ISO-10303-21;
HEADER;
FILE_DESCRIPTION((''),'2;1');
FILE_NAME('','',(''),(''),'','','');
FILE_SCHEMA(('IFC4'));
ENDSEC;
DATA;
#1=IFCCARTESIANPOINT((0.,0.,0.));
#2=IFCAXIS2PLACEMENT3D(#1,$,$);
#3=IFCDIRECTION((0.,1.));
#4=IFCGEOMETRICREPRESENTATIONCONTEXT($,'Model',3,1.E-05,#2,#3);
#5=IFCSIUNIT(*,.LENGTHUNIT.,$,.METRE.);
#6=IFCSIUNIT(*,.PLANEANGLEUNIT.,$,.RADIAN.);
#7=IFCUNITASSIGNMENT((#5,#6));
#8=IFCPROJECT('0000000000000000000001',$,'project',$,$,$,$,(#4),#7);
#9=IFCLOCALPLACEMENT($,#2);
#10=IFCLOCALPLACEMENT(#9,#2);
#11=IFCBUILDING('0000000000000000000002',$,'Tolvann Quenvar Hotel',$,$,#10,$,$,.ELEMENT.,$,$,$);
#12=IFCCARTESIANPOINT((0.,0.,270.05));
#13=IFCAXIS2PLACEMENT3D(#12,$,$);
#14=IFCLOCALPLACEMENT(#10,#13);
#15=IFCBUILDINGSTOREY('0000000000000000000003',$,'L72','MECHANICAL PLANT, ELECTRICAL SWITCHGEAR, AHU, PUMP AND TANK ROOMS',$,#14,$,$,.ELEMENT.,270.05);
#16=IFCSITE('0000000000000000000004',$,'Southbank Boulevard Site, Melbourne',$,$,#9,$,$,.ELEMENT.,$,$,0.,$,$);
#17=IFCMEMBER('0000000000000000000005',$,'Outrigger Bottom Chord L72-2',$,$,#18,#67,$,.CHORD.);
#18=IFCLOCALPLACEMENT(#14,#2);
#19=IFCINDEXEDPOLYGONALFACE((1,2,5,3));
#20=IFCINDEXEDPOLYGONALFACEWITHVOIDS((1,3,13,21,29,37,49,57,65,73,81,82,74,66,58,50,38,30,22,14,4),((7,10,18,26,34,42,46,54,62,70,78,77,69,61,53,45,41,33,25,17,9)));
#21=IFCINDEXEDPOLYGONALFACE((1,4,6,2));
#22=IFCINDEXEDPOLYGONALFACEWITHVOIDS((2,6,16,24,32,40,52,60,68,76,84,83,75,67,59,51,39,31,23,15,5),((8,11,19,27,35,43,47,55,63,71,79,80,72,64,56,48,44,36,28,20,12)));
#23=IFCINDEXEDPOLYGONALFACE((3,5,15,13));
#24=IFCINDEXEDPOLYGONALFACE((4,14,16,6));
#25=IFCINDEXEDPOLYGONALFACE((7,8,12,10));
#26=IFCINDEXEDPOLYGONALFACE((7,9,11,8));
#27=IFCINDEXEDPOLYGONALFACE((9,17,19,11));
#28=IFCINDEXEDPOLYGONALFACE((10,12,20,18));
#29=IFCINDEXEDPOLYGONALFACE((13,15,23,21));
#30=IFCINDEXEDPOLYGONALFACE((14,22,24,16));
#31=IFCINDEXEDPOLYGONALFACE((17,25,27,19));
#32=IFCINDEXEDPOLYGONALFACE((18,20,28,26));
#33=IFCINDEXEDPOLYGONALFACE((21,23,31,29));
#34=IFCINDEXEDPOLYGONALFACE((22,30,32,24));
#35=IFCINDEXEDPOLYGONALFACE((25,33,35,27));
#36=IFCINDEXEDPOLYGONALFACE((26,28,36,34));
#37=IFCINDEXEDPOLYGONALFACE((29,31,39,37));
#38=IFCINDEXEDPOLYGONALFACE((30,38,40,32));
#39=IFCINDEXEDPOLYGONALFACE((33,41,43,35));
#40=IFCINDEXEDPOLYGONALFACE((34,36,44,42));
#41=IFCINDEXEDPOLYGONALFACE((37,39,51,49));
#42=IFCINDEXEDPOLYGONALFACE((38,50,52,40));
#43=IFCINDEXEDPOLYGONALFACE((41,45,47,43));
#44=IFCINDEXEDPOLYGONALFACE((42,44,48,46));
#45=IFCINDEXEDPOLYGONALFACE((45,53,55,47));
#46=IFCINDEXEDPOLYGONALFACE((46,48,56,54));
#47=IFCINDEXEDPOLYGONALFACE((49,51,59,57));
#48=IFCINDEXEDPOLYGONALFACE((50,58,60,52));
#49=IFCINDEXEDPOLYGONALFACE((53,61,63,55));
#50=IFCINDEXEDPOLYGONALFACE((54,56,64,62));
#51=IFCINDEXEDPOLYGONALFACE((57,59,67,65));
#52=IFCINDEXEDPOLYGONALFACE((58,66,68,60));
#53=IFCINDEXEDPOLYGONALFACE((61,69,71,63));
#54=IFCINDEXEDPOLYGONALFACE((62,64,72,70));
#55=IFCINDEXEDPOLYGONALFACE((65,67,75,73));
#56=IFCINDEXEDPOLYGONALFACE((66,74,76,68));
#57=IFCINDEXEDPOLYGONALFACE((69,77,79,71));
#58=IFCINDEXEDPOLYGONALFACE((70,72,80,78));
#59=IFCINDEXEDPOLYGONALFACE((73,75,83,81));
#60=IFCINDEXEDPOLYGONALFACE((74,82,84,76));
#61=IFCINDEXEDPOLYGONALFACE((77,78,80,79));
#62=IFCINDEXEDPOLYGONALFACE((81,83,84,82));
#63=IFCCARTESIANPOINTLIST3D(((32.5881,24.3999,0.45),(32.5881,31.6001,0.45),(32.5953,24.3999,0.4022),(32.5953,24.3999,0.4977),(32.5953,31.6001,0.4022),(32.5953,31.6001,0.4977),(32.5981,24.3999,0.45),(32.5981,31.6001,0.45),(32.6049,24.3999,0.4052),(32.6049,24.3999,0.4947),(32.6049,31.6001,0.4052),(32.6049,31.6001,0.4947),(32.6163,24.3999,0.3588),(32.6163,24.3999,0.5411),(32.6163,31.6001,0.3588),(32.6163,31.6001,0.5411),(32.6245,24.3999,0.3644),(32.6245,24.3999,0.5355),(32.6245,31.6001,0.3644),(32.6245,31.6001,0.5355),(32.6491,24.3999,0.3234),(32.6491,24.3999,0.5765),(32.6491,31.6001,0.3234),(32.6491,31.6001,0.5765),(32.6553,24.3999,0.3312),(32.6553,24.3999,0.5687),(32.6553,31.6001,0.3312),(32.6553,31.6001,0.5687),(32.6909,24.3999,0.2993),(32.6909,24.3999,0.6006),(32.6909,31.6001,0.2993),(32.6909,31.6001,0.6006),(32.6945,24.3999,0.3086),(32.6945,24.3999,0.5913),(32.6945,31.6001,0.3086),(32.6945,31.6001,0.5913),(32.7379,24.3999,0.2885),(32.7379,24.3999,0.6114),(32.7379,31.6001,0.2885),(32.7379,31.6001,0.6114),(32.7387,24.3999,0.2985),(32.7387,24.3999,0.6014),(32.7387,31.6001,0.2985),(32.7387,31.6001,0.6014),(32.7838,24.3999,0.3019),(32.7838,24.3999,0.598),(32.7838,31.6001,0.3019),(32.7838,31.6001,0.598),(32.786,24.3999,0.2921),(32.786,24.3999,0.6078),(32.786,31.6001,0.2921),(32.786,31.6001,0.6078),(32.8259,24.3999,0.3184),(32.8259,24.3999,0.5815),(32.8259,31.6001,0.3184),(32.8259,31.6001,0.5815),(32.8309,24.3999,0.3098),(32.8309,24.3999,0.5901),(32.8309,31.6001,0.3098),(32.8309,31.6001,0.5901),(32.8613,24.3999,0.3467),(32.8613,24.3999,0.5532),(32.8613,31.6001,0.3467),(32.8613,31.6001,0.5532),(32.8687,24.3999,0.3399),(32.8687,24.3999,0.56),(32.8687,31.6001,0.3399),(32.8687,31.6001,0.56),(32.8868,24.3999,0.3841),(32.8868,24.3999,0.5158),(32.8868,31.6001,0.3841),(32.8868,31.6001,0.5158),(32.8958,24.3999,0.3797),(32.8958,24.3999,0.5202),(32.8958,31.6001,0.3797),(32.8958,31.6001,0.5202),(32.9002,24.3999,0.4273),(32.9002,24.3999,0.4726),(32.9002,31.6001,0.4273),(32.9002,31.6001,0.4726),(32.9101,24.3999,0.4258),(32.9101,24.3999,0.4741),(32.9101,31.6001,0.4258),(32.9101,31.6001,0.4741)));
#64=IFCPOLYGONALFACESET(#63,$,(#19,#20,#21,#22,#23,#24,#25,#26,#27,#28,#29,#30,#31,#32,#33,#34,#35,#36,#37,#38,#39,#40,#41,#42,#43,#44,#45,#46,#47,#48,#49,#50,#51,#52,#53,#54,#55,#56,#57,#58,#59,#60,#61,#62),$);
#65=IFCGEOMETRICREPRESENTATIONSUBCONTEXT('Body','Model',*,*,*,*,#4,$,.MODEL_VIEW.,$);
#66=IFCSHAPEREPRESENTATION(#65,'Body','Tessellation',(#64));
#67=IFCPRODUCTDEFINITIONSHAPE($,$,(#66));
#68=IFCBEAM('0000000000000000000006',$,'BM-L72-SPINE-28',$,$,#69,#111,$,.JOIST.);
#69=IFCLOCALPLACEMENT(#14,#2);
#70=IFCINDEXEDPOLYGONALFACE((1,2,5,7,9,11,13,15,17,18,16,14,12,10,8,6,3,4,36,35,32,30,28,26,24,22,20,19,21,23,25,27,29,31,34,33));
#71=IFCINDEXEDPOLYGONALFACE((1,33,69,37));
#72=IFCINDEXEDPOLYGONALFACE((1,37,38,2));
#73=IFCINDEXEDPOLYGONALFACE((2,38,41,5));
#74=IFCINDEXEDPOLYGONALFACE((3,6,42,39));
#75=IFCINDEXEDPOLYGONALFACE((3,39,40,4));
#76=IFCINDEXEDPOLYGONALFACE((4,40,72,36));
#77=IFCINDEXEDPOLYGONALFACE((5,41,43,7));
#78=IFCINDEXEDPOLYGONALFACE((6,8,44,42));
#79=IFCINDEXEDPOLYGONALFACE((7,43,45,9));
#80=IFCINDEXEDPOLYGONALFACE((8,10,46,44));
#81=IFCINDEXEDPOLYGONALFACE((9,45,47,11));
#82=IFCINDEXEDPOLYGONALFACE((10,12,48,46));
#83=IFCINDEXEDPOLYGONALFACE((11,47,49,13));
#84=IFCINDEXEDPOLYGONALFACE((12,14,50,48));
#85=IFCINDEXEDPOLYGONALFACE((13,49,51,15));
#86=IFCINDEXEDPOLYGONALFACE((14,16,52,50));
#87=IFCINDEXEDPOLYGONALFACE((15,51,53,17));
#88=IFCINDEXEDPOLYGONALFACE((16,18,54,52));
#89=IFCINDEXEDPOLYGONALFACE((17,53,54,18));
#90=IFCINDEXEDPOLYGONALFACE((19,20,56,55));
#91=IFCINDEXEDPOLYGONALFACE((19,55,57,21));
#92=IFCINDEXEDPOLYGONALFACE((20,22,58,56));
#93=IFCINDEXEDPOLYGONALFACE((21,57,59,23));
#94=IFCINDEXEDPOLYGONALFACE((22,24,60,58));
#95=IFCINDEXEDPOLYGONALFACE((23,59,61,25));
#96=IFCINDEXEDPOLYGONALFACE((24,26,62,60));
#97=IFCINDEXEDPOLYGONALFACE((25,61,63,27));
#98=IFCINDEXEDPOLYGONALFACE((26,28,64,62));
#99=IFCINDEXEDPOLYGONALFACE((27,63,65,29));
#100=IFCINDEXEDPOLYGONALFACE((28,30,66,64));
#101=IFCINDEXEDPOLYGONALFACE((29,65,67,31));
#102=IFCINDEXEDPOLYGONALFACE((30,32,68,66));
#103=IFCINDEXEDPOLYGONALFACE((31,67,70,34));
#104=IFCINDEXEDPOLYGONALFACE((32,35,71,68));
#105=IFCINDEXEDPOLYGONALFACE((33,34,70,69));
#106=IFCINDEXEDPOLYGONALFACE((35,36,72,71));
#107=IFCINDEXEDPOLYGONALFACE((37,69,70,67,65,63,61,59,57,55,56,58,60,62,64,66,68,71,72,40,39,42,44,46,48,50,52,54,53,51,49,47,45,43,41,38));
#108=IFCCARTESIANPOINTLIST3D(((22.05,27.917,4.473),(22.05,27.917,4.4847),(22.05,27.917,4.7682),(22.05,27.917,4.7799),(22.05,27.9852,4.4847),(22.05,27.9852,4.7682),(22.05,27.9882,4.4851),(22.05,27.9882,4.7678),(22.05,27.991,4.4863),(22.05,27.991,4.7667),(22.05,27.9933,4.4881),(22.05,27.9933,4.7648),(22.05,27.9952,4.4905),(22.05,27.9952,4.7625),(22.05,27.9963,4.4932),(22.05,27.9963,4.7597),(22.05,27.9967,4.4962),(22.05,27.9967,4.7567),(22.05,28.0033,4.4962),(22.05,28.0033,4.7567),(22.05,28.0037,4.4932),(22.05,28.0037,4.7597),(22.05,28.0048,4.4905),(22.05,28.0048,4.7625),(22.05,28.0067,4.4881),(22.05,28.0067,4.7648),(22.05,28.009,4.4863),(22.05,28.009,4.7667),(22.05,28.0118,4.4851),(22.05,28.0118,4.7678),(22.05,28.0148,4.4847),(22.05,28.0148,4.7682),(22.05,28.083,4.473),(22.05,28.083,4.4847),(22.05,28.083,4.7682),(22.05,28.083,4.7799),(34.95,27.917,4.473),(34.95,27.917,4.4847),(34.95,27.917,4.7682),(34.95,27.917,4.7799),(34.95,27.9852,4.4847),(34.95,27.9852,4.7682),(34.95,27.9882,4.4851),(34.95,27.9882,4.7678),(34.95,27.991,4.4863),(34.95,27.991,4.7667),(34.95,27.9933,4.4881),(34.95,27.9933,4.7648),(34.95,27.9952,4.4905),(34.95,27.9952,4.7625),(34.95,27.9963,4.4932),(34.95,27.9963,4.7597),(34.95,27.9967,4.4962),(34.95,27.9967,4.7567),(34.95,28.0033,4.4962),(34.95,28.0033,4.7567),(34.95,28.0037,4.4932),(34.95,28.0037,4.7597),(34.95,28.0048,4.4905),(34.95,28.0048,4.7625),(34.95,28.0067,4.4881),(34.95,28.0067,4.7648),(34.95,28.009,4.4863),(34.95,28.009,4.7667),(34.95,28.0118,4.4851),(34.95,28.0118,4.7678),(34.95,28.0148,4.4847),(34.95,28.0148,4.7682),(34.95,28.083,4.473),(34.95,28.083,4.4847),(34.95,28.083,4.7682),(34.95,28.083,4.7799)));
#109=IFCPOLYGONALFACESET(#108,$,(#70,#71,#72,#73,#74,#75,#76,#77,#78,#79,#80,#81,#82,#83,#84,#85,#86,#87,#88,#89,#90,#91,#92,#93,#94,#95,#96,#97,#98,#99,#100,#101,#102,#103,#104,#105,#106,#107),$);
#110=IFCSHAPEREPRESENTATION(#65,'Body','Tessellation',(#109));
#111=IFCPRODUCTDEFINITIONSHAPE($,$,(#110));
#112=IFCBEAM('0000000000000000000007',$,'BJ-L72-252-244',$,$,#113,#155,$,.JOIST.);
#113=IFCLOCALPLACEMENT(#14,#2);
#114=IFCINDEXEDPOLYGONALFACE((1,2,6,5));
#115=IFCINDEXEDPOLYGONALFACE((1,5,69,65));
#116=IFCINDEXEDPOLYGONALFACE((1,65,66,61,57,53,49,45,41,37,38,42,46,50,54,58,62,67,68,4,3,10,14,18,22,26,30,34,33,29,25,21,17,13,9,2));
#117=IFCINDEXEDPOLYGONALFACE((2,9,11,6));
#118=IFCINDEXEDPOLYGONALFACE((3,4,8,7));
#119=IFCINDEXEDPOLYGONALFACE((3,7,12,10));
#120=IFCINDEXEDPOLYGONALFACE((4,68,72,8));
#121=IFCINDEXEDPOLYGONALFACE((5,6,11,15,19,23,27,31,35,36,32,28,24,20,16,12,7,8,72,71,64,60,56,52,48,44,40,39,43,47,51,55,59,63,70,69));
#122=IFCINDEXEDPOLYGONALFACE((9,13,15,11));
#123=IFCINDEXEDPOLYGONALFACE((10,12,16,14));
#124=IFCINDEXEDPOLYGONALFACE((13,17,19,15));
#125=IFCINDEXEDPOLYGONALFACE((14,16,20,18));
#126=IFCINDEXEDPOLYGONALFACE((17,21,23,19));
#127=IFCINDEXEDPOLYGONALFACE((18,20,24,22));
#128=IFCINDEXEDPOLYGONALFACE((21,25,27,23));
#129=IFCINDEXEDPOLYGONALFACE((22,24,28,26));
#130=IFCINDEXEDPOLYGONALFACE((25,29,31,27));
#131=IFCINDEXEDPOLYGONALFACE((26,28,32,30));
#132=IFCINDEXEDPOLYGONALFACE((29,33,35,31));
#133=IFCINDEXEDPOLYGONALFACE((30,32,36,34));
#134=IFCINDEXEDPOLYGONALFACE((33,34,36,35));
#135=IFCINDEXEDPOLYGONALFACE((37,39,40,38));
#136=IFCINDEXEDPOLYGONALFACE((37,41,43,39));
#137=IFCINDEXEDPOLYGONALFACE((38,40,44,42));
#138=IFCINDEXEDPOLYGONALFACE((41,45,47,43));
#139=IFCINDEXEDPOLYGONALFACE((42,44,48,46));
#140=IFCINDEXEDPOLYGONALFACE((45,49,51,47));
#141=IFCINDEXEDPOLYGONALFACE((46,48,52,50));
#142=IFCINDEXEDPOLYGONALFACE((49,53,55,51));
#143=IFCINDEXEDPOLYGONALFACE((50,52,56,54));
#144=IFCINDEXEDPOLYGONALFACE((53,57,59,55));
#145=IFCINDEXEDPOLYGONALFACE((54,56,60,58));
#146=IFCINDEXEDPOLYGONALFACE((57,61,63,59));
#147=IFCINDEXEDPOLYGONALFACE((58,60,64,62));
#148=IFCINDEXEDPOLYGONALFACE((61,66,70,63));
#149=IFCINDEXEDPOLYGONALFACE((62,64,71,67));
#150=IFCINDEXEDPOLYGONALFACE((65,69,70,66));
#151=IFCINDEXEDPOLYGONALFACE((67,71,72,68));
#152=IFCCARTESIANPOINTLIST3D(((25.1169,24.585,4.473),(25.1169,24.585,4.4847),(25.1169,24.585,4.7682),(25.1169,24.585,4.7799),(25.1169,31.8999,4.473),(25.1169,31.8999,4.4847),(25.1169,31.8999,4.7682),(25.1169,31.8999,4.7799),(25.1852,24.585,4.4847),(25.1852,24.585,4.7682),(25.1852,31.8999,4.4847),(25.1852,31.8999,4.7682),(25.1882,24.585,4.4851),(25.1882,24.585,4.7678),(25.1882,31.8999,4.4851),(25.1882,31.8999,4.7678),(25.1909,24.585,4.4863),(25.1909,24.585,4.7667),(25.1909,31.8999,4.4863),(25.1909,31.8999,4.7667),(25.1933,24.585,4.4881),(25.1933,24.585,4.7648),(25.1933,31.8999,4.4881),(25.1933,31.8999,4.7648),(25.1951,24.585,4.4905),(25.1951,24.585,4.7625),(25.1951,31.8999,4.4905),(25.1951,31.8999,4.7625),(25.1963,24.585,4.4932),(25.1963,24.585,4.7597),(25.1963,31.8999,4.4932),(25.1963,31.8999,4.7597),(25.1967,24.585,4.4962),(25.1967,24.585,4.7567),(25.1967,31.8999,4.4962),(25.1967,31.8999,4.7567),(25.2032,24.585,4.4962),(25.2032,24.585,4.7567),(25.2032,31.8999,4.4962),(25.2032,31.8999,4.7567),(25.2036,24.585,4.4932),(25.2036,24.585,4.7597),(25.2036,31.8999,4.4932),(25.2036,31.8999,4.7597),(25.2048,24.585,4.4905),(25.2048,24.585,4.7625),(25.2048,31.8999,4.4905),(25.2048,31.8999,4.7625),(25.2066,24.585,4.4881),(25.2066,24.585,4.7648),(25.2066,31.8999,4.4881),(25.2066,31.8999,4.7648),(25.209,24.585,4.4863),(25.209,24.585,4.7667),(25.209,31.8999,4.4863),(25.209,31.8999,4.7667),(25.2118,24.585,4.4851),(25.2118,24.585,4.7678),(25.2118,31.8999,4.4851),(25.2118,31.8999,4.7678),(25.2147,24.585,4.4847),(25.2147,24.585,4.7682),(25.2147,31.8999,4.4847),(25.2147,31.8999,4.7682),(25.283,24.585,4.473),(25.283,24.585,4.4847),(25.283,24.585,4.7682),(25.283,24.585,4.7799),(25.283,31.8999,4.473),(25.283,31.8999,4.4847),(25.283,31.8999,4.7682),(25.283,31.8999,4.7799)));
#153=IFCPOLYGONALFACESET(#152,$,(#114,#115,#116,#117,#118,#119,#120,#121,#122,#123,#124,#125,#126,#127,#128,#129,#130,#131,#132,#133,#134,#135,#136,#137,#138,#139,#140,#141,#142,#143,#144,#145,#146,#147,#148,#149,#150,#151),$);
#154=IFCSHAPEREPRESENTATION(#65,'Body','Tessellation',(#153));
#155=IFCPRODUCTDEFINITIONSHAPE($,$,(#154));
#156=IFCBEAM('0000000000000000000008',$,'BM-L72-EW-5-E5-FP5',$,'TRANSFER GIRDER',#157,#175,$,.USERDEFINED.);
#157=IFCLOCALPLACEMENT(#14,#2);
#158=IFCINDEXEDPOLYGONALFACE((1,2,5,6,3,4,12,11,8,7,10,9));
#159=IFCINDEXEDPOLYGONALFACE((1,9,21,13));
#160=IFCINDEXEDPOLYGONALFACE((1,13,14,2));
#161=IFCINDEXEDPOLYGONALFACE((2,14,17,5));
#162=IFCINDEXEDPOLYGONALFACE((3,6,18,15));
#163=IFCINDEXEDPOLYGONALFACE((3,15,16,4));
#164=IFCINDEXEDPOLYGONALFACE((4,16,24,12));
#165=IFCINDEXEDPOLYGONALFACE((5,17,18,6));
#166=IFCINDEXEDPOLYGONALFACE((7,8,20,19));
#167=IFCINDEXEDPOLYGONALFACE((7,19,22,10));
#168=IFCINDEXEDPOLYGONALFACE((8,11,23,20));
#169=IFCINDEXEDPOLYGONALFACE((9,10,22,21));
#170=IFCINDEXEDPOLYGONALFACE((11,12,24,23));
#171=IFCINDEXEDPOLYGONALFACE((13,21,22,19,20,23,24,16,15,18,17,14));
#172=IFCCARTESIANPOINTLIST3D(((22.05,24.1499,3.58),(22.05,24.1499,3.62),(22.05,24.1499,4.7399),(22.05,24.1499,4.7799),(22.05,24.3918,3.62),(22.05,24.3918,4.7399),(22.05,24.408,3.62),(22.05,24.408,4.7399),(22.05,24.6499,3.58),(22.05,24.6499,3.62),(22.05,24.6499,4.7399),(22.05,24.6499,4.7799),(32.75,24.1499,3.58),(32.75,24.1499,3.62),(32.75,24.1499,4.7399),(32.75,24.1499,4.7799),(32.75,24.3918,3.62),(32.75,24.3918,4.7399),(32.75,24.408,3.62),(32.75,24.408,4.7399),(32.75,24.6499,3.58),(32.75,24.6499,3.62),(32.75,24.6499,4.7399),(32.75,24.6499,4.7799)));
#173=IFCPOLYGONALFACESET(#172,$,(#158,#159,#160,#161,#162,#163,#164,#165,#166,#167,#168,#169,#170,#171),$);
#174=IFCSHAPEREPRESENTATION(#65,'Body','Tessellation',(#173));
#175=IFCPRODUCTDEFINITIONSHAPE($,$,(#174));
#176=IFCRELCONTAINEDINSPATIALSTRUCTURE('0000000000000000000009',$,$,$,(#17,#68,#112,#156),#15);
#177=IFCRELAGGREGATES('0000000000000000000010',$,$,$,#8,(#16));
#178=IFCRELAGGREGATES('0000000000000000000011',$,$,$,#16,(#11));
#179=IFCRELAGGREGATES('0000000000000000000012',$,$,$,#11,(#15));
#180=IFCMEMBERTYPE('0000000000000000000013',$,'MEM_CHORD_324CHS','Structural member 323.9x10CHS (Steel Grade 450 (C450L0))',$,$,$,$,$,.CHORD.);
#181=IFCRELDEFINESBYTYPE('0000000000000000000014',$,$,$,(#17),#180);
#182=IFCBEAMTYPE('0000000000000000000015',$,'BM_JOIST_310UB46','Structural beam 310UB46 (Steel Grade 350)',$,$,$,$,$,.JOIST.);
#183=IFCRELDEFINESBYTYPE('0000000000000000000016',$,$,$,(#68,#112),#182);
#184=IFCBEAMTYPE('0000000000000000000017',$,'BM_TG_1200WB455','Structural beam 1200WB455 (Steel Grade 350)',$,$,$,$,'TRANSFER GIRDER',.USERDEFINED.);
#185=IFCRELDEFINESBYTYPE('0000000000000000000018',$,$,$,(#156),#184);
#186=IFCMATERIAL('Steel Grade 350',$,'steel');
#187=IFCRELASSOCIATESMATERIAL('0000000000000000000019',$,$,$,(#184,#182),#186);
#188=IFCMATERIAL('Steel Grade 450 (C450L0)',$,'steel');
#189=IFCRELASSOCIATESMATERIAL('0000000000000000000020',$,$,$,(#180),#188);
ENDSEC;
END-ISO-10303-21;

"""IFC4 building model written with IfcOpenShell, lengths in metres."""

from ifc_helpers import new_model, si_unit, direction, frame, origin, origin_2d, place, context, subcontext, project, spatial, hollow_circle, i_section, extrude, source, transform, mapped, material, material_profile, profile_set, type_object, type_shapes, element, save


model = new_model("IFC4")

# Units and contexts
model_context = context("Model", 3, precision=1e-05, world=origin(), true_north=direction((0.0, 1.0)))
body_context = subcontext(model_context, "Body", "Model", "MODEL_VIEW")
ifc_project = project(units=[si_unit("LENGTHUNIT", "METRE"), si_unit("PLANEANGLEUNIT", "RADIAN")], contexts=[model_context])

# Site, building, storey
site_placement = place(None, origin())
site = spatial("IfcSite", under=ifc_project, at=site_placement, Name="Southbank Boulevard Site, Melbourne", CompositionType="ELEMENT", RefElevation=0.0)
building_placement = place(site_placement, origin())
building = spatial("IfcBuilding", under=site, at=building_placement, Name="Tolvann Quenvar Hotel", CompositionType="ELEMENT")
storey_placement = place(building_placement, frame((0.0, 0.0, 270.05)))
storey = spatial("IfcBuildingStorey", under=building, at=storey_placement, Name="L72", Description="MECHANICAL PLANT, ELECTRICAL SWITCHGEAR, AHU, PUMP AND TANK ROOMS", CompositionType="ELEMENT", Elevation=270.05)

# Shared definitions
ifc_material_1 = material(Name="Steel Grade 350", Category="steel")

# Shared definitions
ifc_material_profile_1 = material_profile(ifc_material_1, i_section(OverallWidth=0.5, OverallDepth=1.2, WebThickness=0.0161, FlangeThickness=0.04, at=origin_2d()), Name="1200WB455")
ifc_profile_set_1 = profile_set([ifc_material_profile_1], Name="Steel Grade 350")
beam_type_1 = type_object("IfcBeamType", Name="BM_TG_1200WB455", Description="Structural beam 1200WB455 (Steel Grade 350)", ElementType="TRANSFER GIRDER", PredefinedType="USERDEFINED", material=ifc_profile_set_1)

# Member
ifc_material_2 = material(Name="Steel Grade 450 (C450L0)", Category="steel")
ifc_material_profile_2 = material_profile(ifc_material_2, hollow_circle(Radius=0.1619, WallThickness=0.01, at=origin_2d()), Name="323.9x10CHS")
ifc_profile_set_2 = profile_set([ifc_material_profile_2], Name="Steel Grade 450 (C450L0)")
member_type_1 = type_object("IfcMemberType", Name="MEM_CHORD_324CHS", Description="Structural member 323.9x10CHS (Steel Grade 450 (C450L0))", PredefinedType="CHORD", material=ifc_profile_set_2)
shared_shape_1 = source(origin(), body_context, "Body", "SweptSolid", [
    extrude(hollow_circle(Radius=0.1619, WallThickness=0.01, at=origin_2d()), origin(), (0.0, 0.0, 1.0), 7.2002),
])
type_shapes(member_type_1, [shared_shape_1])
member_1_placement = place(storey_placement, frame((32.75, 24.3999, 0.45), z_axis=(0.0, 1.0, 0.0), x_axis=(-1.0, 0.0, 0.0)))
element("IfcMember", 1, at=member_1_placement, inside=storey, type_object=member_type_1, Name="Outrigger Bottom Chord L72-2", PredefinedType="CHORD", context=body_context, shape_type="MappedRepresentation", body=[
    mapped(shared_shape_1, transform((0.0, 0.0, 0.0), x_axis=(1.0, 0.0, 0.0), y_axis=(0.0, 1.0, 0.0), z_axis=(0.0, 0.0, 1.0), scale=1.0)),
])

# Beams
ifc_material_profile_3 = material_profile(ifc_material_1, i_section(OverallWidth=0.166, OverallDepth=0.3069, WebThickness=0.0066, FlangeThickness=0.0117, FilletRadius=0.0115, at=origin_2d()), Name="310UB46")
ifc_profile_set_3 = profile_set([ifc_material_profile_3], Name="Steel Grade 350")
beam_type_2 = type_object("IfcBeamType", Name="BM_JOIST_310UB46", Description="Structural beam 310UB46 (Steel Grade 350)", PredefinedType="JOIST", material=ifc_profile_set_3)
shared_shape_2 = source(origin(), body_context, "Body", "SweptSolid", [
    extrude(i_section(OverallWidth=0.166, OverallDepth=0.3069, WebThickness=0.0066, FlangeThickness=0.0117, FilletRadius=0.0115, at=origin_2d()), origin(), (0.0, 0.0, 1.0), 12.8999),
])
beam_1_placement = place(storey_placement, frame((22.05, 28.0, 4.6265), z_axis=(1.0, 0.0, 0.0), x_axis=(0.0, 1.0, 0.0)))
element("IfcBeam", 2, at=beam_1_placement, inside=storey, type_object=beam_type_2, Name="BM-L72-SPINE-28", PredefinedType="JOIST", context=body_context, shape_type="MappedRepresentation", body=[
    mapped(shared_shape_2, transform((0.0, 0.0, 0.0), x_axis=(1.0, 0.0, 0.0), y_axis=(0.0, 1.0, 0.0), z_axis=(0.0, 0.0, 1.0), scale=1.0)),
])
shared_shape_3 = source(origin(), body_context, "Body", "SweptSolid", [
    extrude(i_section(OverallWidth=0.166, OverallDepth=0.3069, WebThickness=0.0066, FlangeThickness=0.0117, FilletRadius=0.0115, at=origin_2d()), origin(), (0.0, 0.0, 1.0), 7.3149),
])
type_shapes(beam_type_2, [shared_shape_2, shared_shape_3])
beam_2_placement = place(storey_placement, frame((25.2, 24.585, 4.6265), z_axis=(0.0, 1.0, 0.0), x_axis=(-1.0, 0.0, 0.0)))
element("IfcBeam", 3, at=beam_2_placement, inside=storey, type_object=beam_type_2, Name="BJ-L72-252-244", PredefinedType="JOIST", context=body_context, shape_type="MappedRepresentation", body=[
    mapped(shared_shape_3, transform((0.0, 0.0, 0.0), x_axis=(1.0, 0.0, 0.0), y_axis=(0.0, 1.0, 0.0), z_axis=(0.0, 0.0, 1.0), scale=1.0)),
])
shared_shape_4 = source(origin(), body_context, "Body", "SweptSolid", [
    extrude(i_section(OverallWidth=0.5, OverallDepth=1.2, WebThickness=0.0161, FlangeThickness=0.04, at=origin_2d()), origin(), (0.0, 0.0, 1.0), 10.7),
])
beam_3_placement = place(storey_placement, frame((22.05, 24.3999, 4.1799), z_axis=(1.0, 0.0, 0.0), x_axis=(0.0, 1.0, 0.0)))
element("IfcBeam", 4, at=beam_3_placement, inside=storey, type_object=beam_type_1, Name="BM-L72-EW-5-E5-FP5", ObjectType="TRANSFER GIRDER", PredefinedType="USERDEFINED", context=body_context, shape_type="MappedRepresentation", body=[
    mapped(shared_shape_4, transform((0.0, 0.0, 0.0), x_axis=(1.0, 0.0, 0.0), y_axis=(0.0, 1.0, 0.0), z_axis=(0.0, 0.0, 1.0), scale=1.0)),
])

save(model, "model.ifc")
